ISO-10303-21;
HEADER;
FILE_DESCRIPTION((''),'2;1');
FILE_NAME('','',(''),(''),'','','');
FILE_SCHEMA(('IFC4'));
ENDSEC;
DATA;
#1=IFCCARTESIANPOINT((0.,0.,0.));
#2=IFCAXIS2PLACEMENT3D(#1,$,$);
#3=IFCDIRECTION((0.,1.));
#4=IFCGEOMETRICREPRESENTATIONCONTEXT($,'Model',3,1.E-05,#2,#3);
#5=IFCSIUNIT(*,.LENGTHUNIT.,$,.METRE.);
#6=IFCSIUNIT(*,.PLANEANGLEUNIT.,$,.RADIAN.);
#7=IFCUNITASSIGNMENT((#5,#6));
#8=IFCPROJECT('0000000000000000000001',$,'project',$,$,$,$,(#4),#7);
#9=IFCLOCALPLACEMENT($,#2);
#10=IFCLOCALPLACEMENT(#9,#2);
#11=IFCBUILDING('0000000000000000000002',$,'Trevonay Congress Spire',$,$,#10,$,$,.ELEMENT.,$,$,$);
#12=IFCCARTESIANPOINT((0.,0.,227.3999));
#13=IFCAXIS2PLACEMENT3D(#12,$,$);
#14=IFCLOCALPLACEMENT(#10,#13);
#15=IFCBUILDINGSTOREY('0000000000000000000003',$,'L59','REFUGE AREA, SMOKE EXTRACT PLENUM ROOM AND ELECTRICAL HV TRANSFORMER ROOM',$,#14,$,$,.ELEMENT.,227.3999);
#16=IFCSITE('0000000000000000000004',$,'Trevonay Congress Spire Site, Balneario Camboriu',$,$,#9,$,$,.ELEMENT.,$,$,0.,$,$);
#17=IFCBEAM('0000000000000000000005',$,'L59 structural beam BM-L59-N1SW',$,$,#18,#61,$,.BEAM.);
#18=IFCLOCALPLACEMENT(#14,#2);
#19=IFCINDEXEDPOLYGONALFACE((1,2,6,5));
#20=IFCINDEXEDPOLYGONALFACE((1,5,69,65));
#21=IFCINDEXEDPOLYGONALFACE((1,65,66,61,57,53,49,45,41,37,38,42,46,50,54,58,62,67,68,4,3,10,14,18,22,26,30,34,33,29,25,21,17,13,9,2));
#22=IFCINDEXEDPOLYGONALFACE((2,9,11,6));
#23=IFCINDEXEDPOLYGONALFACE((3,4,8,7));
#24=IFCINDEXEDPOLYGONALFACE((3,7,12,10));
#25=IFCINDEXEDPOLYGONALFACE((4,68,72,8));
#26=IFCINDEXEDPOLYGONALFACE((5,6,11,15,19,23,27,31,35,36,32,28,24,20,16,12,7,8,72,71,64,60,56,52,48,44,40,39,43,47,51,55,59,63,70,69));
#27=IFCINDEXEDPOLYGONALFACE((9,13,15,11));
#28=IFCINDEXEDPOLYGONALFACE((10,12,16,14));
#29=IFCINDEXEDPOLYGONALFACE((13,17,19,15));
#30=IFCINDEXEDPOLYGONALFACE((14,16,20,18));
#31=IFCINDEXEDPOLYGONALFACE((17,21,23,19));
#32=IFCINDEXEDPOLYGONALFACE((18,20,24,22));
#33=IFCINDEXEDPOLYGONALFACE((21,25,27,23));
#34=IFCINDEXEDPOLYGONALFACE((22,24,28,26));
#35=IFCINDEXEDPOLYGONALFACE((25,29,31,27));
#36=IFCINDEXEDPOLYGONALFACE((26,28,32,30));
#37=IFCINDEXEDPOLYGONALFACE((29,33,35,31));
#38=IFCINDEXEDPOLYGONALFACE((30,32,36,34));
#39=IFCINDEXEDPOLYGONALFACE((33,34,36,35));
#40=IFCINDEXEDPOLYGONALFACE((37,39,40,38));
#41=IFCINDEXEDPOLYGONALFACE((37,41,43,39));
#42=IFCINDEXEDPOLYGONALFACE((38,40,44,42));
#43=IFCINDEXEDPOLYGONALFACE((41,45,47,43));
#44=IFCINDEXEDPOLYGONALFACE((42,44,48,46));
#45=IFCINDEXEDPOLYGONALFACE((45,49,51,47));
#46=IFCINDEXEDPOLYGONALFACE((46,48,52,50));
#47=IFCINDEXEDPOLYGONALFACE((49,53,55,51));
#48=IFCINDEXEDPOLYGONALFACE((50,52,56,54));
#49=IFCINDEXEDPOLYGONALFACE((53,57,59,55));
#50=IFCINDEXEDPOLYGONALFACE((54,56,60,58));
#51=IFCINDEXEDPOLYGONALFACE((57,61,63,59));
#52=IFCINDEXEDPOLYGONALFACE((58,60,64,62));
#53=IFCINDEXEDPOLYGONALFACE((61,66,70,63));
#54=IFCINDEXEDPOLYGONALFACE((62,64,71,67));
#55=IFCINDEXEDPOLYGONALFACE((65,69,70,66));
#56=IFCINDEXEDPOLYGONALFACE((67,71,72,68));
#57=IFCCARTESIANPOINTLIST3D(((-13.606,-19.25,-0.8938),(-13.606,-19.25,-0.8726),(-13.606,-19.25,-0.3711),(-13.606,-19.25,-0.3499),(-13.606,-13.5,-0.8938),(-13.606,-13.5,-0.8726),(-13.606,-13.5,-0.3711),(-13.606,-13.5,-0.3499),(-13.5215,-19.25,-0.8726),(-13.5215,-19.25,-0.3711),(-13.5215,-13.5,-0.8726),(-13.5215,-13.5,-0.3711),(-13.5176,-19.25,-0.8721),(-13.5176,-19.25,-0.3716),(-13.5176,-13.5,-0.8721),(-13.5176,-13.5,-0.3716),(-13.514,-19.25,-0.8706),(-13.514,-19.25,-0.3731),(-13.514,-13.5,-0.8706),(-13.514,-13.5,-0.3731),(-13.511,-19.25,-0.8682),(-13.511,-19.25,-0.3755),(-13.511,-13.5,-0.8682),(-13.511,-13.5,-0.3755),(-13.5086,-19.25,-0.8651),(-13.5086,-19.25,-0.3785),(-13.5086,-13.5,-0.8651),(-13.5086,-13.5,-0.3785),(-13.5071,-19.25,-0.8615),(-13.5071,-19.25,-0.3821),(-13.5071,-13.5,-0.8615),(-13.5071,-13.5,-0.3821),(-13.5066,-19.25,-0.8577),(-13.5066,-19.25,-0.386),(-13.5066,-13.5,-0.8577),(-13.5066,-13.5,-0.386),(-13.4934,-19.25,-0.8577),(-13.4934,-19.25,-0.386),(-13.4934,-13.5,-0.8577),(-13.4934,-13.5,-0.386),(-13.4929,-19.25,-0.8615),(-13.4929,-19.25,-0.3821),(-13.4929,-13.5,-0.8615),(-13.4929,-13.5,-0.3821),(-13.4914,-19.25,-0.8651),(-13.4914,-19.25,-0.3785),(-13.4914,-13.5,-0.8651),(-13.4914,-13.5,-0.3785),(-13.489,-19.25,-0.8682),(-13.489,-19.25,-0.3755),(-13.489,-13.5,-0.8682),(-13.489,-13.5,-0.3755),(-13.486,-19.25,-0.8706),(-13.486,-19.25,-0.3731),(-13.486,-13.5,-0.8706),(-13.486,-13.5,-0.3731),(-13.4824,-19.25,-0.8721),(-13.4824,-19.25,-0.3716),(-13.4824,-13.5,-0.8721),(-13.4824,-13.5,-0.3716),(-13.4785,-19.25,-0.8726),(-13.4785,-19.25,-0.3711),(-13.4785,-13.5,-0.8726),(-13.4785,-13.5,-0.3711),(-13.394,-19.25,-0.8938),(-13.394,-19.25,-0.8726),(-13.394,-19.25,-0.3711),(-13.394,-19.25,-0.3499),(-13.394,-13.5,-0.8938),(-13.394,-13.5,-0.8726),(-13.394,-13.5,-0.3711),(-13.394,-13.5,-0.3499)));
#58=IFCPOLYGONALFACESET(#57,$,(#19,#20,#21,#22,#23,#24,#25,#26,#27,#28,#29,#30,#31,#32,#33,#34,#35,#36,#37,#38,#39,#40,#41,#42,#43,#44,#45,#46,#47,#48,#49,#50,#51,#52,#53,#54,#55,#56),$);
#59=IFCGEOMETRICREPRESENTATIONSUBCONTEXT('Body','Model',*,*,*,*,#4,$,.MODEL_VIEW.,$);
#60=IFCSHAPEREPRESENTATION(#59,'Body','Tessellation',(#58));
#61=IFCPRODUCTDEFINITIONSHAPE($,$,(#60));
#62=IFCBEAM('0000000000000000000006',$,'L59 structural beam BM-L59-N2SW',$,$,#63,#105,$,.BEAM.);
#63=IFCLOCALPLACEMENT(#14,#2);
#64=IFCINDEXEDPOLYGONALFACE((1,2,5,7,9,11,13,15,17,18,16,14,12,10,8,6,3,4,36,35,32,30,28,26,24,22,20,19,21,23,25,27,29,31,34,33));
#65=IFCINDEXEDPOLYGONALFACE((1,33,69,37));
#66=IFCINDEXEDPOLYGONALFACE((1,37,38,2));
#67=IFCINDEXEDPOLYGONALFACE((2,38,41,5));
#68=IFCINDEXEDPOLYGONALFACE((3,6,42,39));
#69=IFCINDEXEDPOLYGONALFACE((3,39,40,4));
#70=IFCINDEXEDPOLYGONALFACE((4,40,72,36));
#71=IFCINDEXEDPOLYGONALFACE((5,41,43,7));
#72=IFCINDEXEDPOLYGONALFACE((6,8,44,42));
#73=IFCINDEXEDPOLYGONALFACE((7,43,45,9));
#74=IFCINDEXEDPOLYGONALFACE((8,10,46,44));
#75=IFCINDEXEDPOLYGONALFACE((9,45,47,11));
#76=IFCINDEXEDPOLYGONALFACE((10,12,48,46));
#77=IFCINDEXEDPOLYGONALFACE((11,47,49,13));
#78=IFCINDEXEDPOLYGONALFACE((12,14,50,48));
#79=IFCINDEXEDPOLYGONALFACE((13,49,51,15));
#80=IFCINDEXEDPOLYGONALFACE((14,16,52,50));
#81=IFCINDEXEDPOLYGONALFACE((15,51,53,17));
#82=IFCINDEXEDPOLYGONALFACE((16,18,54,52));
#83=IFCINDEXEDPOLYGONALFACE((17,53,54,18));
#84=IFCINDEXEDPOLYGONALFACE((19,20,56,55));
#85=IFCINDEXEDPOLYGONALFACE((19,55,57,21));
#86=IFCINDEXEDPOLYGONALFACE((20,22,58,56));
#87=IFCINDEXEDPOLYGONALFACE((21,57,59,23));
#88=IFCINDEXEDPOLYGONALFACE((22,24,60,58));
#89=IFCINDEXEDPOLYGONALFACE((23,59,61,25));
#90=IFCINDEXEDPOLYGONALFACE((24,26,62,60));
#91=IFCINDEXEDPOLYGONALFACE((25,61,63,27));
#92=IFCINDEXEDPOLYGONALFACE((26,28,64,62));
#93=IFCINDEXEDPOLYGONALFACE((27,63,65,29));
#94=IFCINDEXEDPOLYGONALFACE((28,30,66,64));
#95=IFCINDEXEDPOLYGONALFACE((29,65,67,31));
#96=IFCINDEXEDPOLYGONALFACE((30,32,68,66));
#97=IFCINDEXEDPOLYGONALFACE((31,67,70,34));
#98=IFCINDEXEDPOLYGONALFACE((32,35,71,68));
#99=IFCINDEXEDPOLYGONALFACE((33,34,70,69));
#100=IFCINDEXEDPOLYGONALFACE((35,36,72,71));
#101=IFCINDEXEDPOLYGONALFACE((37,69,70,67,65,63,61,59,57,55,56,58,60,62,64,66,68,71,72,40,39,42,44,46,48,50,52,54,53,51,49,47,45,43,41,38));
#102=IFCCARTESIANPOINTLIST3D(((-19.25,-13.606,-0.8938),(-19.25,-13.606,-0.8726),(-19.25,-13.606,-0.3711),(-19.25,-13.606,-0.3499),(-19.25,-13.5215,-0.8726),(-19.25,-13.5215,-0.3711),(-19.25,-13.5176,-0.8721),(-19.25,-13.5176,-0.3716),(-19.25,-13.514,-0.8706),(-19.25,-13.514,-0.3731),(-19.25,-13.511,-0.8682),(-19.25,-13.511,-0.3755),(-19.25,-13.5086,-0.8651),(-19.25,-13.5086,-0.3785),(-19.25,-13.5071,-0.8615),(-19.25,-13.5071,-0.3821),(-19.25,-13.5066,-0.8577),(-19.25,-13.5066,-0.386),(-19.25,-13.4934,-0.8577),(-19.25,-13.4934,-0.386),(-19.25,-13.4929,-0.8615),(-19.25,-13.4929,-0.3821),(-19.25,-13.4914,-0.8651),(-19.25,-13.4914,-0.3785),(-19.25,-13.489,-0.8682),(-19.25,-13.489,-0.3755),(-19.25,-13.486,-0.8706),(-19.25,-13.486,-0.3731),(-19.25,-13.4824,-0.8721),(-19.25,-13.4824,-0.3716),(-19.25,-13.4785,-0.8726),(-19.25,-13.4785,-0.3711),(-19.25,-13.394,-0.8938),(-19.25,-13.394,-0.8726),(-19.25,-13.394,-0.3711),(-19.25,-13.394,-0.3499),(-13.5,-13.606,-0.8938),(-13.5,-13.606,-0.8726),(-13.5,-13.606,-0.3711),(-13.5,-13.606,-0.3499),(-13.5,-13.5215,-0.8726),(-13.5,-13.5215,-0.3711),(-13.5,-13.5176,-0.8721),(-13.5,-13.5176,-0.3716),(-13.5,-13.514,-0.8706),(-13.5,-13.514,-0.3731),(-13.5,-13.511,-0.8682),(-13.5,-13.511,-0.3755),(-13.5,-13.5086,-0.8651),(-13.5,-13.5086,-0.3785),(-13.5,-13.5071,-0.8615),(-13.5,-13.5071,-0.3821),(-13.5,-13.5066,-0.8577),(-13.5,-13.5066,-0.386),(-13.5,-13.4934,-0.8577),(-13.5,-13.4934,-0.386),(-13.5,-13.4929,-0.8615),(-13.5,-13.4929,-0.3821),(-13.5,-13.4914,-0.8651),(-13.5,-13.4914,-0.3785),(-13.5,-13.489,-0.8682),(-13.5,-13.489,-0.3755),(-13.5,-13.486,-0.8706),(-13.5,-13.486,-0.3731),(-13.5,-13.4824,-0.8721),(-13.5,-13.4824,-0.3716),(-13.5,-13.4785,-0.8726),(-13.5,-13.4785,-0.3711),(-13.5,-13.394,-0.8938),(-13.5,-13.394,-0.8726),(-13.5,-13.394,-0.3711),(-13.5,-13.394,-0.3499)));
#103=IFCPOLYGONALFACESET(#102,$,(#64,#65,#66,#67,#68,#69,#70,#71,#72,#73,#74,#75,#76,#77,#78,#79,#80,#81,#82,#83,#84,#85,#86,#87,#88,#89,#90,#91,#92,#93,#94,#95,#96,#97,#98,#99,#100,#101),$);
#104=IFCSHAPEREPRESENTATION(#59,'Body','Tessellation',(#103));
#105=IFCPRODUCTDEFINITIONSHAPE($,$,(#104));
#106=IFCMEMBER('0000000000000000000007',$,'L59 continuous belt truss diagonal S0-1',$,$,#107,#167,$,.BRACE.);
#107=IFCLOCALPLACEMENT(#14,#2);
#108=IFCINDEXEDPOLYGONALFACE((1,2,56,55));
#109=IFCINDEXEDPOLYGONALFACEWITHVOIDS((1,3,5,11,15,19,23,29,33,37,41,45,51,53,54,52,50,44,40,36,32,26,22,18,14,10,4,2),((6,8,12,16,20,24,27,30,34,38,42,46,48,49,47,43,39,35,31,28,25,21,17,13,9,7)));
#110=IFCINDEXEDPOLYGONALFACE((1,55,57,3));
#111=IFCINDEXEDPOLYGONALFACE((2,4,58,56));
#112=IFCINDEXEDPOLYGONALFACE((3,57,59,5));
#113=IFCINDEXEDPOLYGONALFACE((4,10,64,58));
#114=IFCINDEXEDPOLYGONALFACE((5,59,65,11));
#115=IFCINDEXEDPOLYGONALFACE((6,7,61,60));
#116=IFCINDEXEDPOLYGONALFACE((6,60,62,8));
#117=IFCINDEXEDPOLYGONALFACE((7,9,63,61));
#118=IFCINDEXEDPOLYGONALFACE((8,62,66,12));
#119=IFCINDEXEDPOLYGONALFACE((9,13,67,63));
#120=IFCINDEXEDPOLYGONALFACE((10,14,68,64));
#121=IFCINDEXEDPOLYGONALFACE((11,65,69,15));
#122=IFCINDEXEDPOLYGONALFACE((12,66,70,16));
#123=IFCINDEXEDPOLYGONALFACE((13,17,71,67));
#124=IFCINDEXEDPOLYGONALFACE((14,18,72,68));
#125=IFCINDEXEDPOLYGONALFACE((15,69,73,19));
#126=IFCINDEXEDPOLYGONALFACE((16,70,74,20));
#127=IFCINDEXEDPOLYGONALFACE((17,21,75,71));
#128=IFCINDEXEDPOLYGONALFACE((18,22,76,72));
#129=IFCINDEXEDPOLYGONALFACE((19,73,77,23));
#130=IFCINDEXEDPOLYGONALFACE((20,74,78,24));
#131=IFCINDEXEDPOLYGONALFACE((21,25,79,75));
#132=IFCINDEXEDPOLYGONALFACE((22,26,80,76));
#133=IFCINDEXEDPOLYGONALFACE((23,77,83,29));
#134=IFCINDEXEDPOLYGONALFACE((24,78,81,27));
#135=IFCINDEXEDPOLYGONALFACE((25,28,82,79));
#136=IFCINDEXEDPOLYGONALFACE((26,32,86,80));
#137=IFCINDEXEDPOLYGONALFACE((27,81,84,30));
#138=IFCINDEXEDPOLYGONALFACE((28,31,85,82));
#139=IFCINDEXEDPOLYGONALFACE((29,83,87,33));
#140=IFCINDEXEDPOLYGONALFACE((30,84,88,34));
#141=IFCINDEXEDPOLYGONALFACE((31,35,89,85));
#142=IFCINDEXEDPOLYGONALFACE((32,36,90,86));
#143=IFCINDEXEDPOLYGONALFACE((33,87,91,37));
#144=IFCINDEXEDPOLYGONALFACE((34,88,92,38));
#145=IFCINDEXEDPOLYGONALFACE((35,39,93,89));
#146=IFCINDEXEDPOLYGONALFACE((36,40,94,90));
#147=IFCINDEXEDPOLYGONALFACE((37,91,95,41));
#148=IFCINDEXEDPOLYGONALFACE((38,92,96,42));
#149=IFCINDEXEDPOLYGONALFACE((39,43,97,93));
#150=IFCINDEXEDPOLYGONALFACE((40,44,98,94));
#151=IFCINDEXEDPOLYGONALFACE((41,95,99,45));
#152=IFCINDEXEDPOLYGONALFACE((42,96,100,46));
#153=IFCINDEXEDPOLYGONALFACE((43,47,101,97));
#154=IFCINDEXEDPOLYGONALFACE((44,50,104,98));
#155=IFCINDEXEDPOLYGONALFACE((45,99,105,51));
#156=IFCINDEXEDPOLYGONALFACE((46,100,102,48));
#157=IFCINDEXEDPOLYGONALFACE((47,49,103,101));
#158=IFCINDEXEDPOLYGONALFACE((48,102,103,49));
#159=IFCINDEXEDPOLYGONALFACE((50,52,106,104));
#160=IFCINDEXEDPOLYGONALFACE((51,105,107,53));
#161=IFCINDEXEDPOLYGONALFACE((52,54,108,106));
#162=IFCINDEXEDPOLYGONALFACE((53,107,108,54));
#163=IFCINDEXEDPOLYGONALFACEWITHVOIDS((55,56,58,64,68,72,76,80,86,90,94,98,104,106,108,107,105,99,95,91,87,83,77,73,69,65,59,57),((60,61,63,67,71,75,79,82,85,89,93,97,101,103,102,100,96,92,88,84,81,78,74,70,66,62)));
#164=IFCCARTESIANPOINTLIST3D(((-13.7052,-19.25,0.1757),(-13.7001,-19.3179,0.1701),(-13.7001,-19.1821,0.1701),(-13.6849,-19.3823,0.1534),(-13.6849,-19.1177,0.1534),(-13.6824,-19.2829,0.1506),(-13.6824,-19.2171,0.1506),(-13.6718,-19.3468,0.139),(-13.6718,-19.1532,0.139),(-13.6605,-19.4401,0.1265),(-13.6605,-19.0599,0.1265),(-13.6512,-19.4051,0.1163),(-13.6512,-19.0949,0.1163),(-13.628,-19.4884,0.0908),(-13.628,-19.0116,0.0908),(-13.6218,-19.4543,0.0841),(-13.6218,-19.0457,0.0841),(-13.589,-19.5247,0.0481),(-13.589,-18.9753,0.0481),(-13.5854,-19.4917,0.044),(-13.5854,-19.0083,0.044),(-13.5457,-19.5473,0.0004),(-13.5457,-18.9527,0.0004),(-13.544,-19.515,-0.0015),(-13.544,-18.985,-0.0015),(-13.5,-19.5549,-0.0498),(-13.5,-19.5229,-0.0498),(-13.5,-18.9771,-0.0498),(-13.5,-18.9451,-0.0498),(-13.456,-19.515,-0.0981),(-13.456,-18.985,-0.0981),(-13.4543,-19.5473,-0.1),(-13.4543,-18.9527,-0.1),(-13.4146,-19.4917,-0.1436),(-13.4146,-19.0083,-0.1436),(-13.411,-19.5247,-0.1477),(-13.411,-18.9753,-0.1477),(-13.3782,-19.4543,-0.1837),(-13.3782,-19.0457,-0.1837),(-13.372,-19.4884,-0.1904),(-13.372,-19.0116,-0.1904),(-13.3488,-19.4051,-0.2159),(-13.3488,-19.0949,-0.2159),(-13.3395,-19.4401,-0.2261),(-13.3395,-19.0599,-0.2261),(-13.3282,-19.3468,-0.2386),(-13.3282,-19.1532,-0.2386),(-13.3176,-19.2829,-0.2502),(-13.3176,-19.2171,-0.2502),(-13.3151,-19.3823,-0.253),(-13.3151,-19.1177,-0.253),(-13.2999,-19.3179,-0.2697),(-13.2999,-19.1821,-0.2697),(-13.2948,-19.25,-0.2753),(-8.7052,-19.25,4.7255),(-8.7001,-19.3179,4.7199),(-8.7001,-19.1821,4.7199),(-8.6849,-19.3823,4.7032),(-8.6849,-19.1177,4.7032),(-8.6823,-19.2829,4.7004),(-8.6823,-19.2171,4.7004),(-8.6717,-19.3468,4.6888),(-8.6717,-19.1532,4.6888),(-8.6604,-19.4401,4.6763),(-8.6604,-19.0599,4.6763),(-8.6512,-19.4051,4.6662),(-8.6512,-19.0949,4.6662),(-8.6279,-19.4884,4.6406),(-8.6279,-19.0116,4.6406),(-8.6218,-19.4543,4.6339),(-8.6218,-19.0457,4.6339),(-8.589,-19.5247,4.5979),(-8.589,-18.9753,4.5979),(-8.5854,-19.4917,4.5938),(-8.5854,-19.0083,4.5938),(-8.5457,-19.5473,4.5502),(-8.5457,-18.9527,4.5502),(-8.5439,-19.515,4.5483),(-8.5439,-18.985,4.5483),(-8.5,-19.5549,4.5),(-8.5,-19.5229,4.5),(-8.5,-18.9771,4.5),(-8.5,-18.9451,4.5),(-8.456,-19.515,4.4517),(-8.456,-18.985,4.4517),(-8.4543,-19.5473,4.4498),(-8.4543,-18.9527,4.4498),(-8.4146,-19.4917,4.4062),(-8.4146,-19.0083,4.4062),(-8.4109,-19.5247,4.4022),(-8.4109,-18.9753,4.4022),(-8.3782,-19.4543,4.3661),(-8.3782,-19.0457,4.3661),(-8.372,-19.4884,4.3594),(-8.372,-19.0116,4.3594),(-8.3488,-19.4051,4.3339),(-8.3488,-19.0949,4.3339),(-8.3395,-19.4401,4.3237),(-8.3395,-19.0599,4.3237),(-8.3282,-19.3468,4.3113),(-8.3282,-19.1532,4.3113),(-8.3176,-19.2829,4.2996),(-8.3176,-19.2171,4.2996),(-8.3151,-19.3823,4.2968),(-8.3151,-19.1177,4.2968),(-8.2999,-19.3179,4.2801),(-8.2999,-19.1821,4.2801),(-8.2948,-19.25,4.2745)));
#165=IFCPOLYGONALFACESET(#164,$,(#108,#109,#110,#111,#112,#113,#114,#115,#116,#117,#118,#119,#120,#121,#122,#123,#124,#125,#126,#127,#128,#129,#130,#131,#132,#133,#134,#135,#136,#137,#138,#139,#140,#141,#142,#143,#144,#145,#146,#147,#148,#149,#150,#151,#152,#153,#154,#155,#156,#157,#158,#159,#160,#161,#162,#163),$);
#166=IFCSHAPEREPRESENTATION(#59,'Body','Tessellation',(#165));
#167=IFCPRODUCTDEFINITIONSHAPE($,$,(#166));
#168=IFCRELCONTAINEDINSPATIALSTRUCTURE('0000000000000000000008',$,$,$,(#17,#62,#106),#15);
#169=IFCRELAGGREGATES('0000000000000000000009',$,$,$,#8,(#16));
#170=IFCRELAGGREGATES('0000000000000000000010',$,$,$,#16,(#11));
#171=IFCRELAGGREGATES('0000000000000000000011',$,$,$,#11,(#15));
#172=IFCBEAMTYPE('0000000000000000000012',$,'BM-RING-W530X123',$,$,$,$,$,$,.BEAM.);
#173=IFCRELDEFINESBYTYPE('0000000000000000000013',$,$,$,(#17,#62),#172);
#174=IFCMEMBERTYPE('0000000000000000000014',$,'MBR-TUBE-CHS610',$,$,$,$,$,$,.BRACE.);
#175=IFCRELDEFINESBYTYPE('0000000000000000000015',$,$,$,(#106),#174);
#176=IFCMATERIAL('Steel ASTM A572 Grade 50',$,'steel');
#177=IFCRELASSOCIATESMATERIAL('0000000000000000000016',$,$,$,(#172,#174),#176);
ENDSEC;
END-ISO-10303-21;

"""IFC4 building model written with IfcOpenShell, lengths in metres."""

from ifc_helpers import new_model, si_unit, direction, frame, origin, origin_2d, place, context, subcontext, project, spatial, hollow_circle, i_section, extrude, material, material_profile, profile_set, type_object, element, save


model = new_model("IFC4")

# Units and contexts
model_context = context("Model", 3, precision=1e-05, world=origin(), true_north=direction((0.0, 1.0)))
body_context = subcontext(model_context, "Body", "Model", "MODEL_VIEW")
ifc_project = project(units=[si_unit("LENGTHUNIT", "METRE"), si_unit("PLANEANGLEUNIT", "RADIAN")], contexts=[model_context])

# Site, building, storey
site_placement = place(None, origin())
site = spatial("IfcSite", under=ifc_project, at=site_placement, Name="Trevonay Congress Spire Site, Balneario Camboriu", CompositionType="ELEMENT", RefElevation=0.0)
building_placement = place(site_placement, origin())
building = spatial("IfcBuilding", under=site, at=building_placement, Name="Trevonay Congress Spire", CompositionType="ELEMENT")
storey_placement = place(building_placement, frame((0.0, 0.0, 227.3999)))
storey = spatial("IfcBuildingStorey", under=building, at=storey_placement, Name="L59", Description="REFUGE AREA, SMOKE EXTRACT PLENUM ROOM AND ELECTRICAL HV TRANSFORMER ROOM", CompositionType="ELEMENT", Elevation=227.3999)

# Shared definitions
ifc_material_1 = material(Name="Steel ASTM A572 Grade 50", Category="steel")

# Beams
ifc_material_profile_1 = material_profile(ifc_material_1, i_section(OverallWidth=0.2119, OverallDepth=0.5439, WebThickness=0.0132, FlangeThickness=0.0212, FilletRadius=0.0149, at=origin_2d()), Name="W530x123")
ifc_profile_set_1 = profile_set([ifc_material_profile_1], Name="Steel ASTM A572 Grade 50")
beam_type = type_object("IfcBeamType", Name="BM-RING-W530X123", PredefinedType="BEAM", material=ifc_profile_set_1)
for number, where, z_axis, x_axis, name in (
    (1, (-13.5, -19.25, -0.6218), (0.0, 1.0, 0.0), (-1.0, 0.0, 0.0), "L59 structural beam BM-L59-N1SW"),
    (2, (-19.25, -13.5, -0.6218), (1.0, 0.0, 0.0), (0.0, 1.0, 0.0), "L59 structural beam BM-L59-N2SW"),
):
    element("IfcBeam", number, at=place(storey_placement, frame(where, z_axis=z_axis, x_axis=x_axis)), inside=storey, type_object=beam_type, Name=name, PredefinedType="BEAM", context=body_context, shape_type="SweptSolid", body=[
        extrude(i_section(OverallWidth=0.2119, OverallDepth=0.5439, WebThickness=0.0132, FlangeThickness=0.0212, FilletRadius=0.0149, at=origin_2d()), origin(), (0.0, 0.0, 1.0), 5.75),
    ])

# Member
ifc_material_profile_2 = material_profile(ifc_material_1, hollow_circle(Radius=0.3049, WallThickness=0.032, at=origin_2d()), Name="CHS 610x32")
ifc_profile_set_2 = profile_set([ifc_material_profile_2], Name="Steel ASTM A572 Grade 50")
member_type = type_object("IfcMemberType", Name="MBR-TUBE-CHS610", PredefinedType="BRACE", material=ifc_profile_set_2)
member_1_placement = place(storey_placement, frame((-13.5, -19.25, -0.0498), z_axis=(0.73962, 0.0, 0.673025), x_axis=(0.0, 1.0, 0.0)))
element("IfcMember", 3, at=member_1_placement, inside=storey, type_object=member_type, Name="L59 continuous belt truss diagonal S0-1", PredefinedType="BRACE", context=body_context, shape_type="SweptSolid", body=[
    extrude(hollow_circle(Radius=0.3049, WallThickness=0.032, at=origin_2d()), origin(), (0.0, 0.0, 1.0), 6.7603),
])

save(model, "model.ifc")
